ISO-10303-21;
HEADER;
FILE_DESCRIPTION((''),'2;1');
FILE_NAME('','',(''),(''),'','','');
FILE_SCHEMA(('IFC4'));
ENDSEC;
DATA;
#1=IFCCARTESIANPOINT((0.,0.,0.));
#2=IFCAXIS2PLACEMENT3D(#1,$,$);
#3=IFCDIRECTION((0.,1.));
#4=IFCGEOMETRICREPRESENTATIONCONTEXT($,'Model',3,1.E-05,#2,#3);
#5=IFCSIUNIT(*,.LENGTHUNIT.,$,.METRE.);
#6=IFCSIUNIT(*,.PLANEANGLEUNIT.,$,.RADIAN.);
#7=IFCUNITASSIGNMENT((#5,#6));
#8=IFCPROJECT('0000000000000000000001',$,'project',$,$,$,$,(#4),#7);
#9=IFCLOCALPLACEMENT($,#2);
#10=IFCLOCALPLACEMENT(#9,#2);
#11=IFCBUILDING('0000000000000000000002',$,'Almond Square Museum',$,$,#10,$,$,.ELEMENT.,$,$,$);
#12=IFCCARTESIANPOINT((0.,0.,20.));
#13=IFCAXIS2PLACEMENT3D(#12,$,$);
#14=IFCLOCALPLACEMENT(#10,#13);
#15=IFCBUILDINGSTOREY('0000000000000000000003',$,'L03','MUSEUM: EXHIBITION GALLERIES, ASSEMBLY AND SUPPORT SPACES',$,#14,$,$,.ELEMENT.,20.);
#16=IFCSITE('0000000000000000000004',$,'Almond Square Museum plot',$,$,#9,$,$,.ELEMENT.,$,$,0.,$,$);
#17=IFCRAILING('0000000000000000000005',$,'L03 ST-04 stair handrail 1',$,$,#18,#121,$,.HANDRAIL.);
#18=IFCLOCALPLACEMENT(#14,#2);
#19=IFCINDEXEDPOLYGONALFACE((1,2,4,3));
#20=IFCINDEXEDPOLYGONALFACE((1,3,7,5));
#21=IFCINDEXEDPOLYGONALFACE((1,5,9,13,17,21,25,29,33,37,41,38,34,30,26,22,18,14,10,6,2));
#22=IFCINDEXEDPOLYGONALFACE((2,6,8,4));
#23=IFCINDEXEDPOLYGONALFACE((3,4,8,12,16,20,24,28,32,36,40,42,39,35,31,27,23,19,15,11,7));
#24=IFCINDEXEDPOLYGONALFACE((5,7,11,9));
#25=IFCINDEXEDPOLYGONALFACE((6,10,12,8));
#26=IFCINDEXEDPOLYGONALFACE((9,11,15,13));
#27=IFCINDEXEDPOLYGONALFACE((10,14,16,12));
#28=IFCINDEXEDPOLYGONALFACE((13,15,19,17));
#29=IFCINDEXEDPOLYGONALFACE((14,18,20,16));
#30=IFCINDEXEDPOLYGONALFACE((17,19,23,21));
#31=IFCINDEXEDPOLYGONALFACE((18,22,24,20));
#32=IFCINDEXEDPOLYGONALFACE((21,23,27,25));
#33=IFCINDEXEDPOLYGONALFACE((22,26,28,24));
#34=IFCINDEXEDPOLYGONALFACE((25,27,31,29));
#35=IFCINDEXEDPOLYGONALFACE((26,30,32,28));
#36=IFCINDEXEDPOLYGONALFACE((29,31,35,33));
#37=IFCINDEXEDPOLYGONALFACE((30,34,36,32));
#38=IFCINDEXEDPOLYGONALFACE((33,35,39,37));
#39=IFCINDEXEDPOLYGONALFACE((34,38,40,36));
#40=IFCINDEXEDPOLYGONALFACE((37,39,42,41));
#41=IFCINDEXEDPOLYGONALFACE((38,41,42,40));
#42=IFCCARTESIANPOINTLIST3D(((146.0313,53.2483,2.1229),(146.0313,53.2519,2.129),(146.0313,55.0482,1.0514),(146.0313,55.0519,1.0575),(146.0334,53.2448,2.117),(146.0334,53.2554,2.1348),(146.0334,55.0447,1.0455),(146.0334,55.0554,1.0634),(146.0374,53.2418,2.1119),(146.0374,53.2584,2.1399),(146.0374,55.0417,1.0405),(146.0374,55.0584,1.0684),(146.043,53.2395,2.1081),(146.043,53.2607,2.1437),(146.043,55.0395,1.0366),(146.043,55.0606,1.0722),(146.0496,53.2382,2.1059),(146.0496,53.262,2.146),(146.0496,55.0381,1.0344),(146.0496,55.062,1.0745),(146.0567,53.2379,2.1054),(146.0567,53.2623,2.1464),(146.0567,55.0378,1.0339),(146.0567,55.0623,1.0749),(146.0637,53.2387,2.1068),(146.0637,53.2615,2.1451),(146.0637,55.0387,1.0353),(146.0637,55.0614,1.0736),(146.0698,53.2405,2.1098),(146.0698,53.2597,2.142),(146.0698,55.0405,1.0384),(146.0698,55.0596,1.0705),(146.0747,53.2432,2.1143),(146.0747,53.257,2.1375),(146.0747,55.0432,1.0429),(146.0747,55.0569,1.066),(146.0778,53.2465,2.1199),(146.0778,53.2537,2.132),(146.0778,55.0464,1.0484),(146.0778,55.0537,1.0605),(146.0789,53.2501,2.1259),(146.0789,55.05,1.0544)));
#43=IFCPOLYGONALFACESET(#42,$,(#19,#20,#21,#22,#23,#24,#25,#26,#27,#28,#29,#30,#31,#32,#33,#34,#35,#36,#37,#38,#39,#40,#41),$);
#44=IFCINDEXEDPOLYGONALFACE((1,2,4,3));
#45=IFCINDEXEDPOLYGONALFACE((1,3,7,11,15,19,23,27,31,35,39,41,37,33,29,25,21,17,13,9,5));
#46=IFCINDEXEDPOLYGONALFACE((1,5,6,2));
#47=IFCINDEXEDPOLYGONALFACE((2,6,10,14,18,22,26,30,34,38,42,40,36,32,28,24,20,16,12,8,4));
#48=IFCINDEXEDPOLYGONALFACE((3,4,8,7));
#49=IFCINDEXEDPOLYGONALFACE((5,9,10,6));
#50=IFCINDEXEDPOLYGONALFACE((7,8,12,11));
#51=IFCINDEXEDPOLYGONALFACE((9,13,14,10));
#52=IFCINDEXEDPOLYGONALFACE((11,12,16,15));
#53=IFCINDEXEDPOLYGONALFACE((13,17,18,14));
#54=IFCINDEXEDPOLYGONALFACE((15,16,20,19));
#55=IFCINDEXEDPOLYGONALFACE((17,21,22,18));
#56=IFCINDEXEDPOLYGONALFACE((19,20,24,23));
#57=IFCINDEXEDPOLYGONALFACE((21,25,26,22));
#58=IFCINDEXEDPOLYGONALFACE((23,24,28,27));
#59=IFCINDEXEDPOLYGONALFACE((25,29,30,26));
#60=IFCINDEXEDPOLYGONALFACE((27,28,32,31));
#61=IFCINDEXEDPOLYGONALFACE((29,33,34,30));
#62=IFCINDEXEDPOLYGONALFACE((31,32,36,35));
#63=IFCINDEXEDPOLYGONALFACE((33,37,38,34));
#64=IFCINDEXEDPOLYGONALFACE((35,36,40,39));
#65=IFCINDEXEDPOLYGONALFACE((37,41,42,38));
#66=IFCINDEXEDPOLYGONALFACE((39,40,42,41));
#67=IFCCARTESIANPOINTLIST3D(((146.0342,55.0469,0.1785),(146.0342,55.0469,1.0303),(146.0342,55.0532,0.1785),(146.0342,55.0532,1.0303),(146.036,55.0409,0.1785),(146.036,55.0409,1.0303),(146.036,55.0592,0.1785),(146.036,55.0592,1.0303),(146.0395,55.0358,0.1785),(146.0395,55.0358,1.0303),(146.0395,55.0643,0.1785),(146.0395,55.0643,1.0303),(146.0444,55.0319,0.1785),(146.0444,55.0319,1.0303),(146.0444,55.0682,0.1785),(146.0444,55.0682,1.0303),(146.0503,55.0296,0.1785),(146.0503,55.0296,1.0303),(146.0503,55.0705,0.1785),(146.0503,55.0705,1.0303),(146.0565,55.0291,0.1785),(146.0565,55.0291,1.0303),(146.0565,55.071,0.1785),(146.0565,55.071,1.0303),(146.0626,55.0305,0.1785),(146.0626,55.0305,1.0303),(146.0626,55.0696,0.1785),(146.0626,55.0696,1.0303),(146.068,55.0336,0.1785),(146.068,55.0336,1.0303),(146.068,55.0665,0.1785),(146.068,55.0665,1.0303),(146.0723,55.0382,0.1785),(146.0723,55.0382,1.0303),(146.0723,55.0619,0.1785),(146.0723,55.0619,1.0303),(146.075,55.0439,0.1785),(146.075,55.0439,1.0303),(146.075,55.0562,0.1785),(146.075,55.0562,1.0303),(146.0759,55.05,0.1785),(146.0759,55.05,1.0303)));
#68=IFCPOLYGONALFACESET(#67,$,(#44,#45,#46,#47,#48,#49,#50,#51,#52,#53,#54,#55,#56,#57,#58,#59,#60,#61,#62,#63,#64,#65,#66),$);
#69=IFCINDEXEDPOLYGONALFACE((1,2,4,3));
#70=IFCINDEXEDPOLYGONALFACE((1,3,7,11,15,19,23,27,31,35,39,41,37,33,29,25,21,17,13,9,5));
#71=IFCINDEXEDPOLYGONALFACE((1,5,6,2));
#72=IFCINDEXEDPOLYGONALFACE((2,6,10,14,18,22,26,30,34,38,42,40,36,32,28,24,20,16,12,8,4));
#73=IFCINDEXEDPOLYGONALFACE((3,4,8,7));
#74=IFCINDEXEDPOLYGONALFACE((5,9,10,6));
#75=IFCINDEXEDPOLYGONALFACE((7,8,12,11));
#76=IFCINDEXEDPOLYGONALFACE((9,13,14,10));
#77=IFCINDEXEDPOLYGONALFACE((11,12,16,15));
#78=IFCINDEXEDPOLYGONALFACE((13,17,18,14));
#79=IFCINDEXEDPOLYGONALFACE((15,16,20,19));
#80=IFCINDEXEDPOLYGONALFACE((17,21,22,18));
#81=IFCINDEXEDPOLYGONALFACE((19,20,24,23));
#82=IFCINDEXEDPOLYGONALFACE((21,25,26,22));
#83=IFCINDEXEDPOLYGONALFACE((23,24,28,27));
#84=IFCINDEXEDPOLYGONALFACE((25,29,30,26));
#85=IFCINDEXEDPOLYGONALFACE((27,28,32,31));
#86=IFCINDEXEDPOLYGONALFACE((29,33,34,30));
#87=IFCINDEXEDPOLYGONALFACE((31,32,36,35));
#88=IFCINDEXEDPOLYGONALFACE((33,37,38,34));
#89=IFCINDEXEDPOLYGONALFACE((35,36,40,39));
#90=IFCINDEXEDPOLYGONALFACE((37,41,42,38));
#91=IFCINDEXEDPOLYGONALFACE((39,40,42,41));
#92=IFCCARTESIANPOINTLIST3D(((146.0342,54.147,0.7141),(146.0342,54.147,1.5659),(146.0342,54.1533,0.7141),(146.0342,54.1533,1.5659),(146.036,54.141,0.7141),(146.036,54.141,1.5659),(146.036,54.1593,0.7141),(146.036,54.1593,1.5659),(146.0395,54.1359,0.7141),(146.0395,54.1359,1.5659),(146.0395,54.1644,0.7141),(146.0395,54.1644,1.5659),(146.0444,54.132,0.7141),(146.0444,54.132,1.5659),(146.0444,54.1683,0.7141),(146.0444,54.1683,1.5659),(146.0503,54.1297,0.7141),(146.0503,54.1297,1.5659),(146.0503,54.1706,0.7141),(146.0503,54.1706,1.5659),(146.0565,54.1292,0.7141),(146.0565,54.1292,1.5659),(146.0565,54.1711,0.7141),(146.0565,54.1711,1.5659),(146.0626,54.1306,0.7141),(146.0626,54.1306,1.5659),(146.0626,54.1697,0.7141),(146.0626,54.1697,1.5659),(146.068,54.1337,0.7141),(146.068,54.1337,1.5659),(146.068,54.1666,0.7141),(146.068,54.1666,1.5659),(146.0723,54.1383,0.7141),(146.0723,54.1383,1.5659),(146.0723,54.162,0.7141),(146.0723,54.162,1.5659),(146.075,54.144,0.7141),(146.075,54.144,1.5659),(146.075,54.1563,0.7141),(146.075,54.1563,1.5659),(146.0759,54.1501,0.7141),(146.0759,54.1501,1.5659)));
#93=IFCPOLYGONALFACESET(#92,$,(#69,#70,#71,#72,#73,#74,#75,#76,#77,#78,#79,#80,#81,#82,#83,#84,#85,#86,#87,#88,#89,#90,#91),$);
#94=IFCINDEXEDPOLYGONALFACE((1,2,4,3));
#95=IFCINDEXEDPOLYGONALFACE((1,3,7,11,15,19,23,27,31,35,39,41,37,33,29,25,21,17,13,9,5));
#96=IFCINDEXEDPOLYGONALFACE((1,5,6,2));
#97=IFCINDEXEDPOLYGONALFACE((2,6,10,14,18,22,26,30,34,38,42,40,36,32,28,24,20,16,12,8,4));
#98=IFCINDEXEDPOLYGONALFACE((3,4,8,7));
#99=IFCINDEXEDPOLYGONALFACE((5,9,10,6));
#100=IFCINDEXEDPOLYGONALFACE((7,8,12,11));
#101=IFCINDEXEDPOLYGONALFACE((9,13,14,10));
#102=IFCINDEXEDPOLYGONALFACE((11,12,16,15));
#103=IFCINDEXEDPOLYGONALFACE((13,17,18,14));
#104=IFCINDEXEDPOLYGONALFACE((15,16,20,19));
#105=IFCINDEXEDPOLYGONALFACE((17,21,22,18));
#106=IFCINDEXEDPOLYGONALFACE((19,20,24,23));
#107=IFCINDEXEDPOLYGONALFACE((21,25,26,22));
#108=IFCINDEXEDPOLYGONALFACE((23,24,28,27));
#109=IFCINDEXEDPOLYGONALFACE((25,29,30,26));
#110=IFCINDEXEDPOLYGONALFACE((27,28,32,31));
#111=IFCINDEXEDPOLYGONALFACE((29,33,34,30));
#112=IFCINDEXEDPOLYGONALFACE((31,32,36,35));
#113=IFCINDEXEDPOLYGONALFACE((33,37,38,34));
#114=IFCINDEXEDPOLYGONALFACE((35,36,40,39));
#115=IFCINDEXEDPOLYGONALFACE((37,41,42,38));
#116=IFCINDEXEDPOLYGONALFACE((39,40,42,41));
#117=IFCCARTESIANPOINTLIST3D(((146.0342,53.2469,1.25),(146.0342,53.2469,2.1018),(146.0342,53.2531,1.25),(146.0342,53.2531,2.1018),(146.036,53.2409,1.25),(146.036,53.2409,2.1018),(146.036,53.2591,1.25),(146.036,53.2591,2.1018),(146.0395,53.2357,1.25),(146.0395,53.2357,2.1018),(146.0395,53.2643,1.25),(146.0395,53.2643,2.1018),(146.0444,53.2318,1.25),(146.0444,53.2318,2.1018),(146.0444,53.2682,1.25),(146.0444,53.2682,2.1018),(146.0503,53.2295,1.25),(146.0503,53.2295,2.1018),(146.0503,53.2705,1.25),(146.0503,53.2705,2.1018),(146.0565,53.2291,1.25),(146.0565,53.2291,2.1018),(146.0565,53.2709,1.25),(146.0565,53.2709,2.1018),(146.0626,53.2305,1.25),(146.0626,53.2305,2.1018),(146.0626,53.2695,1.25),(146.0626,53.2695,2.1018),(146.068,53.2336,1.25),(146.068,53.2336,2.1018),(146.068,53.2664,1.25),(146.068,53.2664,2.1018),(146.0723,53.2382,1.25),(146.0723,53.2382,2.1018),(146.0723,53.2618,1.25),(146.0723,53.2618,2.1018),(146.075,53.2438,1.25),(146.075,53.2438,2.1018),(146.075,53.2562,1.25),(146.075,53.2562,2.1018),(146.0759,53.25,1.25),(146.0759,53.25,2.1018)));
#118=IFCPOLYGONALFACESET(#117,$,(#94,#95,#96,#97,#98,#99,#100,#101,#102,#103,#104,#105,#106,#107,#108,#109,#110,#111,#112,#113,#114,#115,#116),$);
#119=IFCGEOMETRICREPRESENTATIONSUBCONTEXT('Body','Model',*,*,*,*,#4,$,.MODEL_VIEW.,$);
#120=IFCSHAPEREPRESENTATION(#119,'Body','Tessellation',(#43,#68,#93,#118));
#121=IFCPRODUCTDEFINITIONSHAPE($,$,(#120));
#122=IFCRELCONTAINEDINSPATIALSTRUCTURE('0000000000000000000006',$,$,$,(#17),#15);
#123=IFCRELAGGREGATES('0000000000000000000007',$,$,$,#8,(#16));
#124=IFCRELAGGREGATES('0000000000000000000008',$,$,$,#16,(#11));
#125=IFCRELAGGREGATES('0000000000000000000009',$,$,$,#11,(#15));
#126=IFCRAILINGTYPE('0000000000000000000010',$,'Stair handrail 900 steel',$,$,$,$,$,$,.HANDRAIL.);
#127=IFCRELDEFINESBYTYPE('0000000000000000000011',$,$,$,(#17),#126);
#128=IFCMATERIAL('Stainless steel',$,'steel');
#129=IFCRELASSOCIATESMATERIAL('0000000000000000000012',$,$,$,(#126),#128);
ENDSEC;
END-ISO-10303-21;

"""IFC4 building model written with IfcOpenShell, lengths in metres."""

from ifc_helpers import new_model, si_unit, direction, frame, origin, origin_2d, place, context, subcontext, project, spatial, circle, extrude, material, type_object, element, save


model = new_model("IFC4")

# Units and contexts
model_context = context("Model", 3, precision=1e-05, world=origin(), true_north=direction((0.0, 1.0)))
body_context = subcontext(model_context, "Body", "Model", "MODEL_VIEW")
ifc_project = project(units=[si_unit("LENGTHUNIT", "METRE"), si_unit("PLANEANGLEUNIT", "RADIAN")], contexts=[model_context])

# Site, building, storey
site_placement = place(None, origin())
site = spatial("IfcSite", under=ifc_project, at=site_placement, Name="Almond Square Museum plot", CompositionType="ELEMENT", RefElevation=0.0)
building_placement = place(site_placement, origin())
building = spatial("IfcBuilding", under=site, at=building_placement, Name="Almond Square Museum", CompositionType="ELEMENT")
storey_placement = place(building_placement, frame((0.0, 0.0, 20.0)))
storey = spatial("IfcBuildingStorey", under=building, at=storey_placement, Name="L03", Description="MUSEUM: EXHIBITION GALLERIES, ASSEMBLY AND SUPPORT SPACES", CompositionType="ELEMENT", Elevation=20.0)

# Railing
ifc_material_1 = material(Name="Stainless steel", Category="steel")
railing_type_1 = type_object("IfcRailingType", Name="Stair handrail 900 steel", PredefinedType="HANDRAIL", material=ifc_material_1)
railing_1_placement = place(storey_placement, frame((146.0549, 55.05, 0.1785)))
element("IfcRailing", 1, at=railing_1_placement, inside=storey, type_object=railing_type_1, Name="L03 ST-04 stair handrail 1", PredefinedType="HANDRAIL", context=body_context, shape_type="SweptSolid", body=[
    extrude(circle(Radius=0.0239, at=origin_2d()), frame((0.0, 0.0, 0.876), z_axis=(0.0, -0.859277, 0.51151), x_axis=(1.0, 0.0, 0.0)), (0.0, 0.0, 1.0), 2.0947),
    extrude(circle(Radius=0.021, at=origin_2d()), origin(), (0.0, 0.0, 1.0), 0.8518),
    extrude(circle(Radius=0.021, at=origin_2d()), frame((0.0, -0.8999, 0.5356)), (0.0, 0.0, 1.0), 0.8518),
    extrude(circle(Radius=0.021, at=origin_2d()), frame((0.0, -1.8, 1.0715)), (0.0, 0.0, 1.0), 0.8518),
])

save(model, "model.ifc")
